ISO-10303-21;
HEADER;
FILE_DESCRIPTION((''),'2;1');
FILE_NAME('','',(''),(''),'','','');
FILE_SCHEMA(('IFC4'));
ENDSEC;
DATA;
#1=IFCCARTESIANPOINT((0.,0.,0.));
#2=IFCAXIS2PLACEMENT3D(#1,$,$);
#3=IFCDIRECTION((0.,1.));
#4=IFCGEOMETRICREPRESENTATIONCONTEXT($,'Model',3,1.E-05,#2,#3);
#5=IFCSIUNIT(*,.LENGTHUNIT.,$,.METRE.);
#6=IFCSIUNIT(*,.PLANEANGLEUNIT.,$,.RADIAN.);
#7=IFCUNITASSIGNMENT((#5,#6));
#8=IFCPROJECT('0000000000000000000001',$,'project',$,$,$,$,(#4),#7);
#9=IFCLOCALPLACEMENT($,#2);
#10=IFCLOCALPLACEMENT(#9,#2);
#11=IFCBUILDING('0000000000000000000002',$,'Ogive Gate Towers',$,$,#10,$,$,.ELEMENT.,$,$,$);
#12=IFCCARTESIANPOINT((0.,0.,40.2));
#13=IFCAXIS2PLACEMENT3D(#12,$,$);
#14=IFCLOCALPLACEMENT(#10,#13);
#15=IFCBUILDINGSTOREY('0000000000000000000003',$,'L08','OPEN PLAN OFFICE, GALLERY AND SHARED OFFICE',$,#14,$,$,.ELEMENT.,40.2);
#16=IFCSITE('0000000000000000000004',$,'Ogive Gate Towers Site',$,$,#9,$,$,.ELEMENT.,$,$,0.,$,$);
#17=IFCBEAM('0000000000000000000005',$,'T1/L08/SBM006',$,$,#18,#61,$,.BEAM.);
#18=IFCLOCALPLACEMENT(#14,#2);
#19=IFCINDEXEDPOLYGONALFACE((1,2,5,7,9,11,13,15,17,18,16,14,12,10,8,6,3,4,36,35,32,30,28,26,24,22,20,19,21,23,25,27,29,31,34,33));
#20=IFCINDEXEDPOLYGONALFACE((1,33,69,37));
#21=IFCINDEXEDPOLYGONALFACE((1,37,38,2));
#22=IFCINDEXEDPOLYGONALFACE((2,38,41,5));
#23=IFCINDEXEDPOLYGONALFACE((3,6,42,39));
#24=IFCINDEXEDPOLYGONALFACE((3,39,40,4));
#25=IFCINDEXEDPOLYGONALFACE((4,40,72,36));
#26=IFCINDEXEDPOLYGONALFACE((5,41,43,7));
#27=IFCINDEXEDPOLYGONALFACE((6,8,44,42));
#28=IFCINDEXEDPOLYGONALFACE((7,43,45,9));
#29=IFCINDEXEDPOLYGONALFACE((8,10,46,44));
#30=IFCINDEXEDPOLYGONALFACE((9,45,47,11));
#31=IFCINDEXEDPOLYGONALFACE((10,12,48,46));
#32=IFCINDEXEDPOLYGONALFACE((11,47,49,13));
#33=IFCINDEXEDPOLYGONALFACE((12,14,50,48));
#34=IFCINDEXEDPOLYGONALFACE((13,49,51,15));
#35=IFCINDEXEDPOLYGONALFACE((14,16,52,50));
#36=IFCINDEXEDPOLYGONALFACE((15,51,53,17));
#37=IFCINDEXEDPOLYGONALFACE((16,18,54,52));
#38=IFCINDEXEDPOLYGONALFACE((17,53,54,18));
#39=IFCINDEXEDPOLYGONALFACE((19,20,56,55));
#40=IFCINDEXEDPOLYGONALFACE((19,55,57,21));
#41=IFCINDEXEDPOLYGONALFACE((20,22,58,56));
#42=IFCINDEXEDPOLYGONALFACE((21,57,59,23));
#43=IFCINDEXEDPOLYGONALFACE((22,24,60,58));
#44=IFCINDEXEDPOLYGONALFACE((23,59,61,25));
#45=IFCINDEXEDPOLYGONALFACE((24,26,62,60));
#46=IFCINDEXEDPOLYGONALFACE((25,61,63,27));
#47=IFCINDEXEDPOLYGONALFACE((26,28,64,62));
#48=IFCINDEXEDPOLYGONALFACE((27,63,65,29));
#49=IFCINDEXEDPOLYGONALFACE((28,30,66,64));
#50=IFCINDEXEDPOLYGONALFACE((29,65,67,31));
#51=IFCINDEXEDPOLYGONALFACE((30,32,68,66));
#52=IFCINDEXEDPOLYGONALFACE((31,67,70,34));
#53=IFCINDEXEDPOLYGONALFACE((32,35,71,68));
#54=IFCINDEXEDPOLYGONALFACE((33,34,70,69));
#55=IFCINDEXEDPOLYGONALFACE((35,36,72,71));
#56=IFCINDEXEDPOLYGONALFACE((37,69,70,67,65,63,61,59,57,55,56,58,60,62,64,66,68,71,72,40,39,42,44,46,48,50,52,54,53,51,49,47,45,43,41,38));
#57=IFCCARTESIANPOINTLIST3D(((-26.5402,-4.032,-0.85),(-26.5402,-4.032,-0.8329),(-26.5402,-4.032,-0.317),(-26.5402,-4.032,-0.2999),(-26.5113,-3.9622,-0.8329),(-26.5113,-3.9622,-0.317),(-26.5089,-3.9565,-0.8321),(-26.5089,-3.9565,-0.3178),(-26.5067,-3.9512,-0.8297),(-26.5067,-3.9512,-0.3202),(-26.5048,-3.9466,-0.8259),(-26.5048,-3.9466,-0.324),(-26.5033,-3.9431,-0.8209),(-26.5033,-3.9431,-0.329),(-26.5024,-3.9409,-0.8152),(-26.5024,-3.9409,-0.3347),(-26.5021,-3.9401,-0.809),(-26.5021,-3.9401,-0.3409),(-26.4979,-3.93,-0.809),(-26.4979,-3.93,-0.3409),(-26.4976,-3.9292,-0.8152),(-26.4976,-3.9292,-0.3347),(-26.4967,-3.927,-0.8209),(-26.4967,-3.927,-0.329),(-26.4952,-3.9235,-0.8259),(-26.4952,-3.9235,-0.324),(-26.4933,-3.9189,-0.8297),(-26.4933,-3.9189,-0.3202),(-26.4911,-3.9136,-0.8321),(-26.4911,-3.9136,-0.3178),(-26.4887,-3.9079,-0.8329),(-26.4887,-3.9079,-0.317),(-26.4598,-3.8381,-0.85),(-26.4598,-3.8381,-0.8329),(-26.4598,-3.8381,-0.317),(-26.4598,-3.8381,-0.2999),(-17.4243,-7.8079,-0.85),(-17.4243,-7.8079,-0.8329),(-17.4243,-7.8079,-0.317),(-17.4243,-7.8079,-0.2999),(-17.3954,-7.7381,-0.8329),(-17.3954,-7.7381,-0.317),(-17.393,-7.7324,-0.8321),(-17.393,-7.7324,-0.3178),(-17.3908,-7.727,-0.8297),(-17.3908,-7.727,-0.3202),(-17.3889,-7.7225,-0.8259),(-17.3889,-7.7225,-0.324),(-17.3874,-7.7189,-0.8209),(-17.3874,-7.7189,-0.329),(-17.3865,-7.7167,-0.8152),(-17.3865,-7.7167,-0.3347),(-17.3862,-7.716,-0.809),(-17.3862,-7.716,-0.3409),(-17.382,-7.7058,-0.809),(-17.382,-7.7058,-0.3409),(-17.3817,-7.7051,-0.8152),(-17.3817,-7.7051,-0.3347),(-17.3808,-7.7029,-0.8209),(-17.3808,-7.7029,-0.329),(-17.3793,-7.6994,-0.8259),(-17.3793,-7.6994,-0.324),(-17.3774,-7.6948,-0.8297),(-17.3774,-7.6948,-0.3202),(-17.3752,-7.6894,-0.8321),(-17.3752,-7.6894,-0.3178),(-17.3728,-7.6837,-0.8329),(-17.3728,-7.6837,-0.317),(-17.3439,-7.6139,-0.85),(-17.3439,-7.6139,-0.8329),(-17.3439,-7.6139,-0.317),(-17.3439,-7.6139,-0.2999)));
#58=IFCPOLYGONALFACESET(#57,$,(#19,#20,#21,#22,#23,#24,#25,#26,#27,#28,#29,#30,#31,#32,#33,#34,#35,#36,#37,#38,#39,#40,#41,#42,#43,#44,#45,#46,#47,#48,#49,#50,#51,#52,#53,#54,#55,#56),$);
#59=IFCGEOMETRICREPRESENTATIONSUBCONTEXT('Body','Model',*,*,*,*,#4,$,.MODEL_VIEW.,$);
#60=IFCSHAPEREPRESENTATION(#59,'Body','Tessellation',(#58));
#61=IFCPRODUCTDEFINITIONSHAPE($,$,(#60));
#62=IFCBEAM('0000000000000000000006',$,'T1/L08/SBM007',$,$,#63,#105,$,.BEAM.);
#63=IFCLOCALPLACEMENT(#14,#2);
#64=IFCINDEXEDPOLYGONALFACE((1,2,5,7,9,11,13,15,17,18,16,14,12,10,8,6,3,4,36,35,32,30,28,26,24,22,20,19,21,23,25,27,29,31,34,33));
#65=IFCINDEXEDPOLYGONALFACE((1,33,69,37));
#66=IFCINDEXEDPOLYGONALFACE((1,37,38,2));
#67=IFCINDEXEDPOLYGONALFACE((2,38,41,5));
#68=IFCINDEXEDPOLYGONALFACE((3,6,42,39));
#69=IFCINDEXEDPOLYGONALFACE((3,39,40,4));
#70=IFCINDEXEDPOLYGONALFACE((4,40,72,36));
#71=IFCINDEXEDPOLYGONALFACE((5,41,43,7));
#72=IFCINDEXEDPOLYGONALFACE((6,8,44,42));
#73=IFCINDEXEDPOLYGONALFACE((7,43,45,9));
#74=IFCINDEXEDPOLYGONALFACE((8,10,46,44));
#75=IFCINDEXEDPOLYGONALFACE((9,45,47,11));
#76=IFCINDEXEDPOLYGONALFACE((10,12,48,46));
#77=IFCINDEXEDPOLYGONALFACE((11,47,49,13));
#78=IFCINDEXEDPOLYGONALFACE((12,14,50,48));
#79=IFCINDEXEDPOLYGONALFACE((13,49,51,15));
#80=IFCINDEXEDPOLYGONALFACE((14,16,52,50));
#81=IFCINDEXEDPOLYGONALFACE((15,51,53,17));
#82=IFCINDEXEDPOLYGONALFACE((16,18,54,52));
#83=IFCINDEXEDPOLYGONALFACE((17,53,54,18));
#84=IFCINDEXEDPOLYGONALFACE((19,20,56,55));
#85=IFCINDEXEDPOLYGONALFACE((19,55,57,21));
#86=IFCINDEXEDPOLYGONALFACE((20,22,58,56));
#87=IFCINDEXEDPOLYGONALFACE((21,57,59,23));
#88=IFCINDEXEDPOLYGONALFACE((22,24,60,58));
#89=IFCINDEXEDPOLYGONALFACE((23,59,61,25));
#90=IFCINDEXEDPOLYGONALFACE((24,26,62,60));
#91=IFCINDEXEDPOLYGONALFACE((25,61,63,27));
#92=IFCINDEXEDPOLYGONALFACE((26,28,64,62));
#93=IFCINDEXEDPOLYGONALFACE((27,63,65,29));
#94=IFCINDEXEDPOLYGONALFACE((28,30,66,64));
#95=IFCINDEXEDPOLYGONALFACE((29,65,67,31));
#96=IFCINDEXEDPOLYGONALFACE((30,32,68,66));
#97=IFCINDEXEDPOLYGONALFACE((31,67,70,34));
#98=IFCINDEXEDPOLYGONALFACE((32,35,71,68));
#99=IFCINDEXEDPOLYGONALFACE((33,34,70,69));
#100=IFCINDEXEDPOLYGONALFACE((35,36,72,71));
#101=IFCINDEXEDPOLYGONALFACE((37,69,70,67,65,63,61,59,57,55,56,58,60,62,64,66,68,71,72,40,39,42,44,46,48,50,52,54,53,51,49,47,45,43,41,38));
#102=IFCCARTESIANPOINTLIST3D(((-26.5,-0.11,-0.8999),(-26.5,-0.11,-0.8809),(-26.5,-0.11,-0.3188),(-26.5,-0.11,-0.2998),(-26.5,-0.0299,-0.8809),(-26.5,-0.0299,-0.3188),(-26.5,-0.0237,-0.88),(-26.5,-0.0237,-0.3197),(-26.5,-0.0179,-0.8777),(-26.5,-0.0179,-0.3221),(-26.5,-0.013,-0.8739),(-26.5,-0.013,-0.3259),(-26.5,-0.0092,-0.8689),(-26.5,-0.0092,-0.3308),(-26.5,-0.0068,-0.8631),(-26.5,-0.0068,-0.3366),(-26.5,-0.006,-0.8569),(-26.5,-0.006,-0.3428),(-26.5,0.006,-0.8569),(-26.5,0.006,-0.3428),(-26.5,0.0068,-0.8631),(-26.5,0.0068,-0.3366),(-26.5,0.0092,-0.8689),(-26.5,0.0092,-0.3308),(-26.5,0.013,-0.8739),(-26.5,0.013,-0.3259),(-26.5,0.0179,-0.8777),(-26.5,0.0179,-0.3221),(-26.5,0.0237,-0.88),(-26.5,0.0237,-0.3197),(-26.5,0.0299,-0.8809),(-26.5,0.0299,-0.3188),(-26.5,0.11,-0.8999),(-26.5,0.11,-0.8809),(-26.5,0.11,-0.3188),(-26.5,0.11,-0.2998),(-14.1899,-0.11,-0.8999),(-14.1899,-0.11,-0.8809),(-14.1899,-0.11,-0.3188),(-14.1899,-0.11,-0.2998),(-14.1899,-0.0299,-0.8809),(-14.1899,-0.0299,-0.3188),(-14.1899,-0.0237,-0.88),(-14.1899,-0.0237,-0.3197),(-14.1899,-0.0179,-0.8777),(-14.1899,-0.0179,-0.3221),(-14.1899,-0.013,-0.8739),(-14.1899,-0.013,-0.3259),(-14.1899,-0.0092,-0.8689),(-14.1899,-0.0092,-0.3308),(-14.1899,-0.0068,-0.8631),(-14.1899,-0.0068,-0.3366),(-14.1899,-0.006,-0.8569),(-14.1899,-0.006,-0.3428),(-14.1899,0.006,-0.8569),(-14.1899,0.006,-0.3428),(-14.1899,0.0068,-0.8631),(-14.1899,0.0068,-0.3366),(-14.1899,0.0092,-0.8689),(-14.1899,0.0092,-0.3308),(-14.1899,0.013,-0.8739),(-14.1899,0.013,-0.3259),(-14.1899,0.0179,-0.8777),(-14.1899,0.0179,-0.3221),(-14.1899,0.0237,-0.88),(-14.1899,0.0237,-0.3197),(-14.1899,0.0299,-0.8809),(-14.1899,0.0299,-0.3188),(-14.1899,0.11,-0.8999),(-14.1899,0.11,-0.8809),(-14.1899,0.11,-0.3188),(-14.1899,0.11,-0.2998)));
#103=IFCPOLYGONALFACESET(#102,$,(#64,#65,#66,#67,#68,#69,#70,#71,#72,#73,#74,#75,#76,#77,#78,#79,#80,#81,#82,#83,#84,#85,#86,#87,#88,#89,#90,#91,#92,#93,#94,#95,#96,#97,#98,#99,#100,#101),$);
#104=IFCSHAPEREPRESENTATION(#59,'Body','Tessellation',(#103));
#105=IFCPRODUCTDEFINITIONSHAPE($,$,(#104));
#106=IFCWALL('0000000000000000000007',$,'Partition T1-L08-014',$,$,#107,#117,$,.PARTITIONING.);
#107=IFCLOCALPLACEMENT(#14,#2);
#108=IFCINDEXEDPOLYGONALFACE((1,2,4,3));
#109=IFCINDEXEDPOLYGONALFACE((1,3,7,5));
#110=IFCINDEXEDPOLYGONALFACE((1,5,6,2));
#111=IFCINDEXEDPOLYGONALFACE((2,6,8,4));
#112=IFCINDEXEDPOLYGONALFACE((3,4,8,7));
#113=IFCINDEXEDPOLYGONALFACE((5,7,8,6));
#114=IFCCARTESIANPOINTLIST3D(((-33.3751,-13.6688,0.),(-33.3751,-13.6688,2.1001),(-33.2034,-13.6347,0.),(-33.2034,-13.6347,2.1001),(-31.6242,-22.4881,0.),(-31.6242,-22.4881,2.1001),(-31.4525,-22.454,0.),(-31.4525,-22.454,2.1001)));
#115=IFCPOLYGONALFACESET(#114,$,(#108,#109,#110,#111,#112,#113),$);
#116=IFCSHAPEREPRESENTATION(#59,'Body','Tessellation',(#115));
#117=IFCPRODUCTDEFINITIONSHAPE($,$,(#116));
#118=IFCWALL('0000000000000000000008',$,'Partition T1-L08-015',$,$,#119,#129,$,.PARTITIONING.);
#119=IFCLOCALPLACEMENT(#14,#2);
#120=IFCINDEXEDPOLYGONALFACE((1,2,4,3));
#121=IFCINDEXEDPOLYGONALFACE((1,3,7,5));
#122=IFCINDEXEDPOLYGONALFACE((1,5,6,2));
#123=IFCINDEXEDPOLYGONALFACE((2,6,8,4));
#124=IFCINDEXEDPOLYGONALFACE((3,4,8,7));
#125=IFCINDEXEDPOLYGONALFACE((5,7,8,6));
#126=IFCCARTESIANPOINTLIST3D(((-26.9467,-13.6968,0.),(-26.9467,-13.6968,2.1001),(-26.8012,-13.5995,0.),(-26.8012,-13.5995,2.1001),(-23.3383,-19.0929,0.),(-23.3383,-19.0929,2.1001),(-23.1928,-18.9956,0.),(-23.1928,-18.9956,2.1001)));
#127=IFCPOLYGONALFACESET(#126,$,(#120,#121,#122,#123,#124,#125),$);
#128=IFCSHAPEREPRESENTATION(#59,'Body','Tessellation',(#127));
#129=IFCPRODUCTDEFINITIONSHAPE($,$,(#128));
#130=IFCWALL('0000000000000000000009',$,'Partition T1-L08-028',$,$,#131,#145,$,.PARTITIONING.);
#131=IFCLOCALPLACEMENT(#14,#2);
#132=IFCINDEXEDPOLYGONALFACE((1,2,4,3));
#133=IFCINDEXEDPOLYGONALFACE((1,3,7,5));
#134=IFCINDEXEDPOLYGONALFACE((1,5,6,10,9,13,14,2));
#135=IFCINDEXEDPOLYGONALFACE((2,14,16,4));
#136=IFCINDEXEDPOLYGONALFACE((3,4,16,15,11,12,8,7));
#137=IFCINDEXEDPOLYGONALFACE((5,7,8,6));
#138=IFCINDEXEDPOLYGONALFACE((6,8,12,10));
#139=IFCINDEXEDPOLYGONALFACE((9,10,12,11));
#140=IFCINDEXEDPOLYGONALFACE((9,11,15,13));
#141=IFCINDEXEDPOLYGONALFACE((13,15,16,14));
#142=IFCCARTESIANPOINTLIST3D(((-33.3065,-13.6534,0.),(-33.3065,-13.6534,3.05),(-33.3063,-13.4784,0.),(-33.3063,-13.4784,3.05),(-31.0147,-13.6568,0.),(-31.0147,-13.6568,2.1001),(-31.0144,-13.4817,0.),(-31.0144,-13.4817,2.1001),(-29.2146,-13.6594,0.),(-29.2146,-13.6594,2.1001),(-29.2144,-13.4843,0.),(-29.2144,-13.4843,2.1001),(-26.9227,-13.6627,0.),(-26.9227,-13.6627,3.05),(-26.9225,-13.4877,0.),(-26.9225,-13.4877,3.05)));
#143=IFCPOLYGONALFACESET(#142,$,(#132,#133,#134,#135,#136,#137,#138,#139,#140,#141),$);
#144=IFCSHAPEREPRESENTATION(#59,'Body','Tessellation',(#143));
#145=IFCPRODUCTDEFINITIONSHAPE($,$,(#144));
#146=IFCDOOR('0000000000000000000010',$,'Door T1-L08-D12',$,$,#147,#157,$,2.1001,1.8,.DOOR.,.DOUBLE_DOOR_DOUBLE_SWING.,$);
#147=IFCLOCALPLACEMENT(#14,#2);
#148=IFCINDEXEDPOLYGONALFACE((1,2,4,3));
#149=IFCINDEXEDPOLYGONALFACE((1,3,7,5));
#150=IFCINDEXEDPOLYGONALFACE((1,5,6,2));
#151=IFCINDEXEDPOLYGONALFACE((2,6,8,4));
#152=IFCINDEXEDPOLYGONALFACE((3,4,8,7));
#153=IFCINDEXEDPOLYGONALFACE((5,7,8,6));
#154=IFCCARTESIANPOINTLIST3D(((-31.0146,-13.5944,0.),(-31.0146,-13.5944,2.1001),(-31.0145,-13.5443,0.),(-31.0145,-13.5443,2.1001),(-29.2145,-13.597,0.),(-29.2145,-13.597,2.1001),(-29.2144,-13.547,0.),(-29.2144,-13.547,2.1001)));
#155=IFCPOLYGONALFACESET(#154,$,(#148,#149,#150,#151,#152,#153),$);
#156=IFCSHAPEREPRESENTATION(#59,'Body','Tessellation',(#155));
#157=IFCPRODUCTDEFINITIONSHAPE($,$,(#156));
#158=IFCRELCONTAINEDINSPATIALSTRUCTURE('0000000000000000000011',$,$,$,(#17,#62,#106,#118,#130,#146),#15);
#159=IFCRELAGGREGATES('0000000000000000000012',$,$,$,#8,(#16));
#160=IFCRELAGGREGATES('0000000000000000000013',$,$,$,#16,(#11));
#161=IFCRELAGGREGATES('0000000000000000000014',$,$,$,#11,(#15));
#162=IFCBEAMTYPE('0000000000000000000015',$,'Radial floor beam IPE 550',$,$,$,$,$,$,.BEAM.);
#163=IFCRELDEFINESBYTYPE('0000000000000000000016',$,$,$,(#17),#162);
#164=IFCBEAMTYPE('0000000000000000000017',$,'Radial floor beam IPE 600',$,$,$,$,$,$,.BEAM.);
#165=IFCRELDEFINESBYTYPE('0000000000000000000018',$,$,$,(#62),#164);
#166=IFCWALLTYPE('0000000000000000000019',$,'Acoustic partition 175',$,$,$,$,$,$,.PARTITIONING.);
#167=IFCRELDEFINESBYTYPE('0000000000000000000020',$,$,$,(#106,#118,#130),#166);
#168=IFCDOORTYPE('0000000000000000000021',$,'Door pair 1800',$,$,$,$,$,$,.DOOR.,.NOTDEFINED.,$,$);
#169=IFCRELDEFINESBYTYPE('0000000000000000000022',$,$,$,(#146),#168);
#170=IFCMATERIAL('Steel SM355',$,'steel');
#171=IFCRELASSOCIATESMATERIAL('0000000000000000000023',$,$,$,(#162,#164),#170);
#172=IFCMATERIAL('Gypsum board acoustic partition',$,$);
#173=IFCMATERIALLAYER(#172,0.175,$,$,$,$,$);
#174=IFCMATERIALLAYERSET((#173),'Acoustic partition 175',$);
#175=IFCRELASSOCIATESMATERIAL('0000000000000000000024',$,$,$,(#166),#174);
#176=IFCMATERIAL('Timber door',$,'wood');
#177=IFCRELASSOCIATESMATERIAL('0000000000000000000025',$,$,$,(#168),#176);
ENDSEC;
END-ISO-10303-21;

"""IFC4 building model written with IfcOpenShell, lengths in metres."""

from ifc_helpers import new_model, si_unit, direction, frame, frame_2d, origin, origin_2d, place, context, subcontext, project, spatial, rectangle, i_section, extrude, material, layer, layer_set, material_profile, profile_set, type_object, element, fill, save


model = new_model("IFC4")

# Units and contexts
model_context = context("Model", 3, precision=1e-05, world=origin(), true_north=direction((0.0, 1.0)))
body_context = subcontext(model_context, "Body", "Model", "MODEL_VIEW")
ifc_project = project(units=[si_unit("LENGTHUNIT", "METRE"), si_unit("PLANEANGLEUNIT", "RADIAN")], contexts=[model_context])

# Site, building, storey
site_placement = place(None, origin())
site = spatial("IfcSite", under=ifc_project, at=site_placement, Name="Ogive Gate Towers Site", CompositionType="ELEMENT", RefElevation=0.0)
building_placement = place(site_placement, origin())
building = spatial("IfcBuilding", under=site, at=building_placement, Name="Ogive Gate Towers", CompositionType="ELEMENT")
storey_placement = place(building_placement, frame((0.0, 0.0, 40.2)))
storey = spatial("IfcBuildingStorey", under=building, at=storey_placement, Name="L08", Description="OPEN PLAN OFFICE, GALLERY AND SHARED OFFICE", CompositionType="ELEMENT", Elevation=40.2)

# Beams
ifc_material_1 = material(Name="Steel SM355", Category="steel")
ifc_material_profile_1 = material_profile(ifc_material_1, i_section(OverallWidth=0.21, OverallDepth=0.55, WebThickness=0.011, FlangeThickness=0.0171, FilletRadius=0.0239, at=origin_2d()), Name="IPE 550")
ifc_profile_set_1 = profile_set([ifc_material_profile_1], Name="Steel SM355")
beam_type_1 = type_object("IfcBeamType", Name="Radial floor beam IPE 550", PredefinedType="BEAM", material=ifc_profile_set_1)
beam_1_placement = place(storey_placement, frame((-26.5, -3.9351, -0.575), z_axis=(0.923882, -0.382677, 0.0), x_axis=(0.382677, 0.923882, 0.0)))
element("IfcBeam", 1, at=beam_1_placement, inside=storey, type_object=beam_type_1, Name="T1/L08/SBM006", PredefinedType="BEAM", context=body_context, shape_type="SweptSolid", body=[
    extrude(i_section(OverallWidth=0.21, OverallDepth=0.55, WebThickness=0.011, FlangeThickness=0.0171, FilletRadius=0.0239, at=origin_2d()), origin(), (0.0, 0.0, 1.0), 9.8669),
])
ifc_material_profile_2 = material_profile(ifc_material_1, i_section(OverallWidth=0.22, OverallDepth=0.6001, WebThickness=0.012, FlangeThickness=0.019, FilletRadius=0.0239, at=origin_2d()), Name="IPE 600")
ifc_profile_set_2 = profile_set([ifc_material_profile_2], Name="Steel SM355")
beam_type_2 = type_object("IfcBeamType", Name="Radial floor beam IPE 600", PredefinedType="BEAM", material=ifc_profile_set_2)
beam_2_placement = place(storey_placement, frame((-26.5, 0.0, -0.5999), z_axis=(1.0, 0.0, 0.0), x_axis=(0.0, 1.0, 0.0)))
element("IfcBeam", 2, at=beam_2_placement, inside=storey, type_object=beam_type_2, Name="T1/L08/SBM007", PredefinedType="BEAM", context=body_context, shape_type="SweptSolid", body=[
    extrude(i_section(OverallWidth=0.22, OverallDepth=0.6001, WebThickness=0.012, FlangeThickness=0.019, FilletRadius=0.0239, at=origin_2d()), origin(), (0.0, 0.0, 1.0), 12.3101),
])

# Walls
ifc_material_2 = material(Name="Gypsum board acoustic partition")
ifc_layer_1 = layer(ifc_material_2, 0.175)
ifc_layer_set_1 = layer_set([ifc_layer_1], Name="Acoustic partition 175")
wall_type_1 = type_object("IfcWallType", Name="Acoustic partition 175", PredefinedType="PARTITIONING", material=ifc_layer_set_1)
wall_1_placement = place(storey_placement, frame((-31.5383, -22.4709, 0.0), z_axis=(0.0, 0.0, 1.0), x_axis=(-0.194737, 0.980855, 0.0)))
element("IfcWall", 3, at=wall_1_placement, inside=storey, type_object=wall_type_1, Name="Partition T1-L08-014", PredefinedType="PARTITIONING", context=body_context, shape_type="SweptSolid", body=[
    extrude(rectangle(XDim=8.9915, YDim=0.175, at=frame_2d((4.4956, 0.0))), origin(), (0.0, 0.0, 1.0), 2.1001),
])
wall_2_placement = place(storey_placement, frame((-23.2656, -19.0442, 0.0), z_axis=(0.0, 0.0, 1.0), x_axis=(-0.555863, 0.831274, 0.0)))
element("IfcWall", 4, at=wall_2_placement, inside=storey, type_object=wall_type_1, Name="Partition T1-L08-015", PredefinedType="PARTITIONING", context=body_context, shape_type="SweptSolid", body=[
    extrude(rectangle(XDim=6.4915, YDim=0.175, at=frame_2d((3.2456, 0.0))), origin(), (0.0, 0.0, 1.0), 2.1001),
])

# Wall, opening, door
wall_3_placement = place(storey_placement, frame((-33.3064, -13.5659, 0.0), z_axis=(0.0, 0.0, 1.0), x_axis=(0.999999, -0.001453, 0.0)))
wall_3 = element("IfcWall", 5, at=wall_3_placement, inside=storey, type_object=wall_type_1, Name="Partition T1-L08-028", PredefinedType="PARTITIONING", context=body_context, shape_type="SweptSolid", body=[
    extrude(rectangle(XDim=6.3838, YDim=0.175, at=frame_2d((3.1919, 0.0))), origin(), (0.0, 0.0, 1.0), 3.05),
])
opening_1_placement = place(wall_3_placement, frame((2.292, 0.0, 0.0)))
opening_1 = element("IfcOpeningElement", 6, at=opening_1_placement, cuts=wall_3, PredefinedType="OPENING", context=body_context, shape_type="SweptSolid", body=[
    extrude(rectangle(XDim=1.8, YDim=2.1001, at=frame_2d((0.8999, 1.05))), frame((0.0, 0.0977, 0.0), z_axis=(0.0, -1.0, 0.0), x_axis=(1.0, 0.0, 0.0)), (0.0, 0.0, 1.0), 0.1951),
])
ifc_material_3 = material(Name="Timber door", Category="wood")
door_type_1 = type_object("IfcDoorType", Name="Door pair 1800", OperationType="NOTDEFINED", PredefinedType="DOOR", material=ifc_material_3)
door_1_placement = place(opening_1_placement, origin())
door_1 = element("IfcDoor", 7, at=door_1_placement, inside=storey, type_object=door_type_1, Name="Door T1-L08-D12", OperationType="DOUBLE_DOOR_DOUBLE_SWING", OverallHeight=2.1001, OverallWidth=1.8, PredefinedType="DOOR", context=body_context, shape_type="SweptSolid", body=[
    extrude(rectangle(XDim=1.8, YDim=2.1001, at=frame_2d((0.8999, 1.05))), frame((0.0, 0.0249, 0.0), z_axis=(0.0, -1.0, 0.0), x_axis=(1.0, 0.0, 0.0)), (0.0, 0.0, 1.0), 0.05),
])
fill(opening_1, door_1)

save(model, "model.ifc")
